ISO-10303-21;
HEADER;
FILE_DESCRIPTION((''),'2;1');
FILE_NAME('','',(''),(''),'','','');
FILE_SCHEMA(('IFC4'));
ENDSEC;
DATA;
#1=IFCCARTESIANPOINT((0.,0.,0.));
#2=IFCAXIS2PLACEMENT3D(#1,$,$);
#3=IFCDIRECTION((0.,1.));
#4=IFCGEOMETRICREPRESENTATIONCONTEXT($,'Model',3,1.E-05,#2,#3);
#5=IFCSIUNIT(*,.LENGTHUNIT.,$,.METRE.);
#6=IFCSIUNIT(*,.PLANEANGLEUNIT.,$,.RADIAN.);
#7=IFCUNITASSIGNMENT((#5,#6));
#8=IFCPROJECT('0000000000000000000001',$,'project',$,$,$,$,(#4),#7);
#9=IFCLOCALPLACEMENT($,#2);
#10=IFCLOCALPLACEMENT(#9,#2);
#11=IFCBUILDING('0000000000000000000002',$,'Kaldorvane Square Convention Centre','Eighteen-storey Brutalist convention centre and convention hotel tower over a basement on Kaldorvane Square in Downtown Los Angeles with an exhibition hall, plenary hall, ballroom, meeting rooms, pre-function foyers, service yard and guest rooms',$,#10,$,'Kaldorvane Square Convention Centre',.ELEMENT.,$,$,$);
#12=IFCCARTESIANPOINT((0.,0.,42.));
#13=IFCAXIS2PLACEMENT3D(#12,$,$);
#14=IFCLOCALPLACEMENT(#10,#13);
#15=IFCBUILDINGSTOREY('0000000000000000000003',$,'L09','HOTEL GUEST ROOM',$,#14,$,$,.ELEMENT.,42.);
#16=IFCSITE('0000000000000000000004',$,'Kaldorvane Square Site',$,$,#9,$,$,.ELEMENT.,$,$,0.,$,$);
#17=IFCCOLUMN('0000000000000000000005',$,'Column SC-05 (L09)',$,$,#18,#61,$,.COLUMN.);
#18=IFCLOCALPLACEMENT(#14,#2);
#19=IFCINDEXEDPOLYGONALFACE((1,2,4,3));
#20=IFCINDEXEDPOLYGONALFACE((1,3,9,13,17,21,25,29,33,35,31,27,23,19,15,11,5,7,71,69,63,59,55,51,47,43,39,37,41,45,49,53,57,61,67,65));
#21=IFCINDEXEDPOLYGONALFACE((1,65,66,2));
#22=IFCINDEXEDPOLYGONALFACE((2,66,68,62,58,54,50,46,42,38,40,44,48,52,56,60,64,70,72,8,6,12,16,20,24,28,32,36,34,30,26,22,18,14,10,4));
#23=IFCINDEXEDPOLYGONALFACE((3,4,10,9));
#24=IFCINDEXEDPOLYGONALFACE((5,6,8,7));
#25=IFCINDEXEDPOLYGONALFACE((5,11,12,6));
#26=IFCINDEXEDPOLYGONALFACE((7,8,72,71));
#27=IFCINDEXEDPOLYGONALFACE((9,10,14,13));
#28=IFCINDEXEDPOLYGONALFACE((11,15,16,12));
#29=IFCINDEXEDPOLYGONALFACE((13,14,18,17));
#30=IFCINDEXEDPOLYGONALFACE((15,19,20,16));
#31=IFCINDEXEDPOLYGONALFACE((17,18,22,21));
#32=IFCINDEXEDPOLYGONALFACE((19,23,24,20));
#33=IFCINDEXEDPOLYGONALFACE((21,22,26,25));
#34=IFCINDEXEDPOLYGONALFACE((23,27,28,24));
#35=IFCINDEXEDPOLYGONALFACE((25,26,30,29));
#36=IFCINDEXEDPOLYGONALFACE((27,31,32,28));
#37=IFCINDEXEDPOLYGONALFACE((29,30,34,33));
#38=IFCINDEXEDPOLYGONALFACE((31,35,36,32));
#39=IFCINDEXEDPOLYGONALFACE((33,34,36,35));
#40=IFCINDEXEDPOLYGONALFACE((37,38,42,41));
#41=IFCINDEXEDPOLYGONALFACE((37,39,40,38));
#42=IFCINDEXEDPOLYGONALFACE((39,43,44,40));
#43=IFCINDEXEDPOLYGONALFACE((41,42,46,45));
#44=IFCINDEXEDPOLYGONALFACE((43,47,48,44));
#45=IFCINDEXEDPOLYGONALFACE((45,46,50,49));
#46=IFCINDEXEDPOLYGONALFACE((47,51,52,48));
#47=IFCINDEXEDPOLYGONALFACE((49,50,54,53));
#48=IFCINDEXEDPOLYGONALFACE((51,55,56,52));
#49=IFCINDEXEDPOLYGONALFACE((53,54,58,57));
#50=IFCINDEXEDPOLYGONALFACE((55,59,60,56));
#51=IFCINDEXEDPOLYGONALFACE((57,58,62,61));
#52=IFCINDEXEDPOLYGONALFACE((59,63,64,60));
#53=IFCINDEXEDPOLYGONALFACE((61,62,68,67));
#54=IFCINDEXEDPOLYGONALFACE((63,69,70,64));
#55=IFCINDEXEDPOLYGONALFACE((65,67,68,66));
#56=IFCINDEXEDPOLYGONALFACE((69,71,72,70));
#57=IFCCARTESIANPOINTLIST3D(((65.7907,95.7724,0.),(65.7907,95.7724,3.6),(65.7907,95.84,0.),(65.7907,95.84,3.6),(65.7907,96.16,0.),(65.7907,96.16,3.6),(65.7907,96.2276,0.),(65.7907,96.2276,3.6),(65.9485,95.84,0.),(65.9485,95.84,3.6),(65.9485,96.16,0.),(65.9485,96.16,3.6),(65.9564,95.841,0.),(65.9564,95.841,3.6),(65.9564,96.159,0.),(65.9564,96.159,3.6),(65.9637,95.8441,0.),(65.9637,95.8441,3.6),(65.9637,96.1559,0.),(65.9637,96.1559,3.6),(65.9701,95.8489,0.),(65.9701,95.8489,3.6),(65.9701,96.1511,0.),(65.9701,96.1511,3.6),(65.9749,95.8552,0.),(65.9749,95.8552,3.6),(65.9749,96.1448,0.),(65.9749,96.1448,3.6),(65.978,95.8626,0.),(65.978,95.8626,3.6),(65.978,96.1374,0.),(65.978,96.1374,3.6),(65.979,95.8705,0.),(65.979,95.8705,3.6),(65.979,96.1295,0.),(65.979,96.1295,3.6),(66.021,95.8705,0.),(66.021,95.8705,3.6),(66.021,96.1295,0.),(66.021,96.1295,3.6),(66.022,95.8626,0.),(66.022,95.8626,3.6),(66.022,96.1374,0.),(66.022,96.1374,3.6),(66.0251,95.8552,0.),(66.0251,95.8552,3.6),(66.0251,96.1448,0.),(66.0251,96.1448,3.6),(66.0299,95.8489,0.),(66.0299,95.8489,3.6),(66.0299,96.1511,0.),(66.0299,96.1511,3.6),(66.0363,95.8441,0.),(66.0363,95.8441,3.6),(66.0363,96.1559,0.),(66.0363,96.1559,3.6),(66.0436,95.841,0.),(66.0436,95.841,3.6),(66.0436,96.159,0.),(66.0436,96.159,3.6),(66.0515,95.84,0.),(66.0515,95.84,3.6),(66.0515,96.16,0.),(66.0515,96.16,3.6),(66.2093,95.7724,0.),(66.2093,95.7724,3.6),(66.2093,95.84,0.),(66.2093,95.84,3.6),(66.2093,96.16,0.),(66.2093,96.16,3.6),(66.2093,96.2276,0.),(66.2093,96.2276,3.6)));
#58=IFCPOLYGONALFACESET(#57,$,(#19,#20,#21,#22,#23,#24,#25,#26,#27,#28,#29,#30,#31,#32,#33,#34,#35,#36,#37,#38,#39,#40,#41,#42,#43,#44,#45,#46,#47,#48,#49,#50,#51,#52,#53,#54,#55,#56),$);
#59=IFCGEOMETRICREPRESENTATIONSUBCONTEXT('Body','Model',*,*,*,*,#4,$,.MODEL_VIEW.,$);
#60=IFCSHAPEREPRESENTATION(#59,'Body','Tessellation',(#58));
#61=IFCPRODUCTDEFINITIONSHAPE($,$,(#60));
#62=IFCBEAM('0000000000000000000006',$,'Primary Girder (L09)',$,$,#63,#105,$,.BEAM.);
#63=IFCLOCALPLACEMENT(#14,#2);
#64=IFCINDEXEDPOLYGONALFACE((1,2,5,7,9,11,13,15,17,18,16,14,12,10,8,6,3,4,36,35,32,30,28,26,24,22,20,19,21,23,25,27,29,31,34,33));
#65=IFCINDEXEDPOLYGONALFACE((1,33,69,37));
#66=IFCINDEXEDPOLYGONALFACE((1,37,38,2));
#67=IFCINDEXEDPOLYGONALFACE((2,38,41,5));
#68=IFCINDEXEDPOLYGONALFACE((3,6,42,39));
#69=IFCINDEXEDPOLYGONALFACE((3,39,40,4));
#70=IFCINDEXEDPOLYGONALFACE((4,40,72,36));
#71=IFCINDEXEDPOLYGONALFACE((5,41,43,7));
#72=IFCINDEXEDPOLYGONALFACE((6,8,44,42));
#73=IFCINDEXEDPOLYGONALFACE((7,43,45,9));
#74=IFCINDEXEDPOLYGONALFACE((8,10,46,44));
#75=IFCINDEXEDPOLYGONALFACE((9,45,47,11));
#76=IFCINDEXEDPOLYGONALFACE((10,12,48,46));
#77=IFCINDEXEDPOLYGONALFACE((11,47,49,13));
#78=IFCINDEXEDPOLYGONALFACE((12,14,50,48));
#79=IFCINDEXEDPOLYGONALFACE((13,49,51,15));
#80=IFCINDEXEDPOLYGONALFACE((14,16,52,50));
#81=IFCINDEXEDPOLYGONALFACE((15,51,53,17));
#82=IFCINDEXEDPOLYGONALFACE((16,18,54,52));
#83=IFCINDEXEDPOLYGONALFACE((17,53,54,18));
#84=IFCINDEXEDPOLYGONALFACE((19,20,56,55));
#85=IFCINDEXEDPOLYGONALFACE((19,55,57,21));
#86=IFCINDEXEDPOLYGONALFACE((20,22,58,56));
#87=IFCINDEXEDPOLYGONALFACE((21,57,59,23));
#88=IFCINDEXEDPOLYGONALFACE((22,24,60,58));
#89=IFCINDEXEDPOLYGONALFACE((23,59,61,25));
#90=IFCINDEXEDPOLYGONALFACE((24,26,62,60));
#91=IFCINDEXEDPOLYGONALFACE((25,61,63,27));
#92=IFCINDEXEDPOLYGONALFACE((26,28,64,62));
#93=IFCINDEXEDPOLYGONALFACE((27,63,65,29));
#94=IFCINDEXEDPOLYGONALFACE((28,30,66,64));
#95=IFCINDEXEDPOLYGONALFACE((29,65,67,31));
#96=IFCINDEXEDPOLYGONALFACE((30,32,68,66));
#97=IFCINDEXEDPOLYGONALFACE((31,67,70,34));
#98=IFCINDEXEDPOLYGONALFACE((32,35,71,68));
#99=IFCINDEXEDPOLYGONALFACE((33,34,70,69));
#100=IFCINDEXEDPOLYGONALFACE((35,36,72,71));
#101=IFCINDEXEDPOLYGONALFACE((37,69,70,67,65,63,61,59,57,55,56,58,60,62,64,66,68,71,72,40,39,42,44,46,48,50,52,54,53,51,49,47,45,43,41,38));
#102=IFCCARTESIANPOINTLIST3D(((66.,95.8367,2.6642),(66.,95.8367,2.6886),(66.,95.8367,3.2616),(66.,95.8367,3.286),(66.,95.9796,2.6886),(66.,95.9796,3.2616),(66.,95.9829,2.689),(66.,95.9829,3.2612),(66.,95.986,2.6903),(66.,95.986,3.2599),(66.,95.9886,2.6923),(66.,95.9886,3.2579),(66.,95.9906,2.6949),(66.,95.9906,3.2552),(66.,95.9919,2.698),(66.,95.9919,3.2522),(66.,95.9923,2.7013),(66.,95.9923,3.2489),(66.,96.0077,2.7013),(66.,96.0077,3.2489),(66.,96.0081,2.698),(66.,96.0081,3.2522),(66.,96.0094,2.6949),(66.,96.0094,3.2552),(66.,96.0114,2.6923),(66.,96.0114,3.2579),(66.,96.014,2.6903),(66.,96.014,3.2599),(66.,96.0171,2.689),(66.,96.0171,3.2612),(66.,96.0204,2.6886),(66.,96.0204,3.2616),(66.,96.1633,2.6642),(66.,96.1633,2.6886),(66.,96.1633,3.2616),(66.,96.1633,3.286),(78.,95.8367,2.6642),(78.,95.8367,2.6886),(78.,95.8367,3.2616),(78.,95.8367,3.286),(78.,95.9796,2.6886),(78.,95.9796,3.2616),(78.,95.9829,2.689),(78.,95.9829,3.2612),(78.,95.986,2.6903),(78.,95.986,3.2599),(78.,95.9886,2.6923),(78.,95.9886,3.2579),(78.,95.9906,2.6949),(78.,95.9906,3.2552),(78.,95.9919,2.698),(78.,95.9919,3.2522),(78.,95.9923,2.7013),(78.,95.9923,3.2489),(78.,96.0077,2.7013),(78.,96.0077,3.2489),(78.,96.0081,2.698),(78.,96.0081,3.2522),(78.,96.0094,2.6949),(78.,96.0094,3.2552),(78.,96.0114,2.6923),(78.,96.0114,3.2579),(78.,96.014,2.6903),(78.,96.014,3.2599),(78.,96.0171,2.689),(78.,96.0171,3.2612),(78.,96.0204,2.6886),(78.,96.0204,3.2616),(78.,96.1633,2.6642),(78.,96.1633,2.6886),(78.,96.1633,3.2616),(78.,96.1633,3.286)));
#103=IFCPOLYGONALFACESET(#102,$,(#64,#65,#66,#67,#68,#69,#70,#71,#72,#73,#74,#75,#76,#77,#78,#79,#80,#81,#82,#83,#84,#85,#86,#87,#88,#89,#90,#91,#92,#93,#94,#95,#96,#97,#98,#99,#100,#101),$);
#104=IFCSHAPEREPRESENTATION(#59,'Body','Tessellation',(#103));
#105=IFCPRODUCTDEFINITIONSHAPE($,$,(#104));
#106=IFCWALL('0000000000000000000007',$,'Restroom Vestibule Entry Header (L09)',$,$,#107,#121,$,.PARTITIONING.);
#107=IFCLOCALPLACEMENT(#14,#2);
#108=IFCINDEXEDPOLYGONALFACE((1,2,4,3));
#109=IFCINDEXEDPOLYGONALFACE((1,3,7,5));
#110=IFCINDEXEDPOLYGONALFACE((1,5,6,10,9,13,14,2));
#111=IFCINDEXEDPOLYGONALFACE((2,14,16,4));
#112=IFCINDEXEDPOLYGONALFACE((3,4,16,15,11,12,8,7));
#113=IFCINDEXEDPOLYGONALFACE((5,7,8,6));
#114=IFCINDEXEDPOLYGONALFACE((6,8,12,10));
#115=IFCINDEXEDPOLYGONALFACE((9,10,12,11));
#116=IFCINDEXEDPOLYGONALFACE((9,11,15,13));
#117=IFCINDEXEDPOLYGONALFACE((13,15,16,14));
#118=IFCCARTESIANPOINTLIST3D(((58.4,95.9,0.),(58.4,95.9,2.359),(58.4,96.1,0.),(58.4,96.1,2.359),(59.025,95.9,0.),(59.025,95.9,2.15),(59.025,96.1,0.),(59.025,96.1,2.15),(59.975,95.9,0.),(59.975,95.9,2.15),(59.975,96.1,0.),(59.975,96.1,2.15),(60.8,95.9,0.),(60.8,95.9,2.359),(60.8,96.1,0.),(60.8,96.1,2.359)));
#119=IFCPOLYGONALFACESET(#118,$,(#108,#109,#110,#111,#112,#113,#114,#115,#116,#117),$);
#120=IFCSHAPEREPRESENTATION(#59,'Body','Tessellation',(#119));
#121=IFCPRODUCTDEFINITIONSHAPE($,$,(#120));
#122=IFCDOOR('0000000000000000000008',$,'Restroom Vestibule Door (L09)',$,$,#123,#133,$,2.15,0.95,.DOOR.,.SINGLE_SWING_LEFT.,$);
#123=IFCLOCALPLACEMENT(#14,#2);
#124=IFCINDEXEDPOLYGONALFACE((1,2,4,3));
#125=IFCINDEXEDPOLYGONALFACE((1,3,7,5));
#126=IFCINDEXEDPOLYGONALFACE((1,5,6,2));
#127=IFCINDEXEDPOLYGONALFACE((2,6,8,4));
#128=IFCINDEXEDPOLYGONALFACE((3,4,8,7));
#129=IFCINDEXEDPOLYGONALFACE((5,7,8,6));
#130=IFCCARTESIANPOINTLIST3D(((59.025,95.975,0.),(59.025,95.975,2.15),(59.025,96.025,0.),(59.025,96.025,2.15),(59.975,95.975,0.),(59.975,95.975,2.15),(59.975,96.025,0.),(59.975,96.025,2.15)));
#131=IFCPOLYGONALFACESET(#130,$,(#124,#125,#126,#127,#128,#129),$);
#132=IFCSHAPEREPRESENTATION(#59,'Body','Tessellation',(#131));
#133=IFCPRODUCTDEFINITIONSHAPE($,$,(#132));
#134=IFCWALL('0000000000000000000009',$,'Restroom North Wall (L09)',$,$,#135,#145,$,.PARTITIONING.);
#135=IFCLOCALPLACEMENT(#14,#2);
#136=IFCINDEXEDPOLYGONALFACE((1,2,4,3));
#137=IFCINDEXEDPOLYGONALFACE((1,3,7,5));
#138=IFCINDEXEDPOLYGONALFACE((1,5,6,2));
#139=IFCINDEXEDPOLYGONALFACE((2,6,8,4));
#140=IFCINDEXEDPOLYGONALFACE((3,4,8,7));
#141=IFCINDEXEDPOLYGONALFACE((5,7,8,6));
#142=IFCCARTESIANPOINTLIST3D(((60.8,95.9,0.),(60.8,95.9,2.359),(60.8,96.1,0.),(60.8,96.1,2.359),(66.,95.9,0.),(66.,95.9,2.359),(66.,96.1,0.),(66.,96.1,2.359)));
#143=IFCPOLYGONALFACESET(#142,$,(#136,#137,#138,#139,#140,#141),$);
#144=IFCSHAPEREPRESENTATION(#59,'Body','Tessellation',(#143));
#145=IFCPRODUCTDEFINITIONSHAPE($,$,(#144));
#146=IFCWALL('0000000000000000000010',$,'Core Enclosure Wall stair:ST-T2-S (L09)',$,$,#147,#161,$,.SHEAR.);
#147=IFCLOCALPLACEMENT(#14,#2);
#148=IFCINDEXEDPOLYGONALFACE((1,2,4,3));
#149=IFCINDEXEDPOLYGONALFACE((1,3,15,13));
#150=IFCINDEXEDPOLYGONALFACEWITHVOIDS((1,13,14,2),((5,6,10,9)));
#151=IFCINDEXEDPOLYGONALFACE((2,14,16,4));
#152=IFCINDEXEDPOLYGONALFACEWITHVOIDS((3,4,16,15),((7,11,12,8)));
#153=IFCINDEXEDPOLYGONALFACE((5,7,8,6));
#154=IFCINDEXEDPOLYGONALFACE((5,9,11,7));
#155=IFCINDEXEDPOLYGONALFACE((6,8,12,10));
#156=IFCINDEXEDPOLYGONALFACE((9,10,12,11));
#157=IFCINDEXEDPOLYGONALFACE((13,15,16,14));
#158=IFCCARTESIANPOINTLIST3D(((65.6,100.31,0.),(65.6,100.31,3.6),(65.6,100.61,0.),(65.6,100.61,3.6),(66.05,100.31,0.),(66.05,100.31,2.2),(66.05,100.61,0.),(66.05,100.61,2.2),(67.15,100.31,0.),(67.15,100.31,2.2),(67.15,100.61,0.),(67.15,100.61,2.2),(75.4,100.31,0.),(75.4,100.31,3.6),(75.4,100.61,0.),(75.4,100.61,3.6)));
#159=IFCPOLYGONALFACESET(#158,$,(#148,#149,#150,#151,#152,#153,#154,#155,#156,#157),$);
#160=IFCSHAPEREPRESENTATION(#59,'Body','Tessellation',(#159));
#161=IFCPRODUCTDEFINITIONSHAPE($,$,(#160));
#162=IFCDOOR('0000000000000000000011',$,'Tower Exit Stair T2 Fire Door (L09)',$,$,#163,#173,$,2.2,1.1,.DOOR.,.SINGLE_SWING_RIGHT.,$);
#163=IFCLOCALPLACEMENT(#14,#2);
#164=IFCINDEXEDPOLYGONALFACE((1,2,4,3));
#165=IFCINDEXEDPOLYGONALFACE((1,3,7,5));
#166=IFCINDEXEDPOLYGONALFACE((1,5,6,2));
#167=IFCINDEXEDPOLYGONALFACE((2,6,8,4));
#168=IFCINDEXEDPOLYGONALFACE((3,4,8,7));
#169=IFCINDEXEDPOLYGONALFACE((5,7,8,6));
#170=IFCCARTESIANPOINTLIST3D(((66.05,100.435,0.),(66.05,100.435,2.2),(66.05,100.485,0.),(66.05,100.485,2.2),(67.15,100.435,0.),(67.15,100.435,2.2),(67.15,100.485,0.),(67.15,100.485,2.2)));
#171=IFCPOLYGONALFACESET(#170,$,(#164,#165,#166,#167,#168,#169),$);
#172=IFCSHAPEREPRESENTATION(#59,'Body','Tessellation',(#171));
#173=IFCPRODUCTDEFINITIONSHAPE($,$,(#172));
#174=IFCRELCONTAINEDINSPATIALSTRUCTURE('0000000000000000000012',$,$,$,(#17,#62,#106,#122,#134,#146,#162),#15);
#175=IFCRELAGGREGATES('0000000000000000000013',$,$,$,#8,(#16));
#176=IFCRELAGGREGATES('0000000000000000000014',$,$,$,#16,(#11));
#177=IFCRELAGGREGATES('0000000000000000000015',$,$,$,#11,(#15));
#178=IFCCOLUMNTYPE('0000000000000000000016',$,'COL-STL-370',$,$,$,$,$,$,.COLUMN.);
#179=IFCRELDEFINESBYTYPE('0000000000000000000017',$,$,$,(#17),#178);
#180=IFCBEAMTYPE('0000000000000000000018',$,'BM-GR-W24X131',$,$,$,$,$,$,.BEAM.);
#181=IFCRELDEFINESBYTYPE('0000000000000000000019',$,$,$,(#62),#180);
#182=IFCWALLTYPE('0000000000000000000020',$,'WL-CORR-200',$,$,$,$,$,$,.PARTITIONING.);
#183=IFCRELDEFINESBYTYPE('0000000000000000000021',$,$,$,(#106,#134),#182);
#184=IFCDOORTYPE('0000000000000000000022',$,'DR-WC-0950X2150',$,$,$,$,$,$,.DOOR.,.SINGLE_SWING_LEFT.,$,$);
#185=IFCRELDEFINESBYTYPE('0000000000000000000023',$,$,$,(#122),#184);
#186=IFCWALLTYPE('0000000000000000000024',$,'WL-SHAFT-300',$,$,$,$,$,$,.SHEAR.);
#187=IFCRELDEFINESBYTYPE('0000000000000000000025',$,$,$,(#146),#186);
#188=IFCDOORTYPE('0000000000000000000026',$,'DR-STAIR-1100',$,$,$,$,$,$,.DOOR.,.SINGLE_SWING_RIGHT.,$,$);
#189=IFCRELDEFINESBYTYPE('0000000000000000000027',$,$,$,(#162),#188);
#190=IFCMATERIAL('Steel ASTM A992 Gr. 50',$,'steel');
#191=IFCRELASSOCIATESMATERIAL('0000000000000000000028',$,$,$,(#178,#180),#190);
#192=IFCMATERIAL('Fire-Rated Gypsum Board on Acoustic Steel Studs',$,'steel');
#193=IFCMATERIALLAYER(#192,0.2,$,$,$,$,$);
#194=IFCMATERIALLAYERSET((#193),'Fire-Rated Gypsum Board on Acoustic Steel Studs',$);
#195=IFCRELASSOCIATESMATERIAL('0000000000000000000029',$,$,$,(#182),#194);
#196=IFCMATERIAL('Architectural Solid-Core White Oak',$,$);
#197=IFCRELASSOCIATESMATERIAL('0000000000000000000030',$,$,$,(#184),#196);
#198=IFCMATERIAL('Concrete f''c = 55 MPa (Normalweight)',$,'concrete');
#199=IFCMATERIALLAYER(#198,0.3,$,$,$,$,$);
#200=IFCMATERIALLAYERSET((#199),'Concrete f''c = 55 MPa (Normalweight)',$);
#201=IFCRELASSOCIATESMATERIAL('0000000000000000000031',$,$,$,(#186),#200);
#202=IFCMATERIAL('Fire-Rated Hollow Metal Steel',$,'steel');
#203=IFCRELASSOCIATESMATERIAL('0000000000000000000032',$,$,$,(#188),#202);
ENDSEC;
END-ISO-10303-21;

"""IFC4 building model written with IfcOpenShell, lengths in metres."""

from ifc_helpers import new_model, si_unit, direction, frame, frame_2d, origin, origin_2d, place, context, subcontext, project, spatial, rectangle, i_section, extrude, material, layer, layer_set, material_profile, profile_set, type_object, element, fill, save


model = new_model("IFC4")

# Units and contexts
model_context = context("Model", 3, precision=1e-05, world=origin(), true_north=direction((0.0, 1.0)))
body_context = subcontext(model_context, "Body", "Model", "MODEL_VIEW")
ifc_project = project(units=[si_unit("LENGTHUNIT", "METRE"), si_unit("PLANEANGLEUNIT", "RADIAN")], contexts=[model_context])

# Site, building, storey
site_placement = place(None, origin())
site = spatial("IfcSite", under=ifc_project, at=site_placement, Name="Kaldorvane Square Site", CompositionType="ELEMENT", RefElevation=0.0)
building_placement = place(site_placement, origin())
building = spatial("IfcBuilding", under=site, at=building_placement, Name="Kaldorvane Square Convention Centre", Description="Eighteen-storey Brutalist convention centre and convention hotel tower over a basement on Kaldorvane Square in Downtown Los Angeles with an exhibition hall, plenary hall, ballroom, meeting rooms, pre-function foyers, service yard and guest rooms", LongName="Kaldorvane Square Convention Centre", CompositionType="ELEMENT")
storey_placement = place(building_placement, frame((0.0, 0.0, 42.0)))
storey = spatial("IfcBuildingStorey", under=building, at=storey_placement, Name="L09", Description="HOTEL GUEST ROOM", CompositionType="ELEMENT", Elevation=42.0)

# Column
ifc_material_1 = material(Name="Steel ASTM A992 Gr. 50", Category="steel")
ifc_material_profile_1 = material_profile(ifc_material_1, i_section(OverallWidth=0.4185, OverallDepth=0.4552, WebThickness=0.042, FlangeThickness=0.0676, FilletRadius=0.0305, at=origin_2d()), Name="W14X370")
ifc_profile_set_1 = profile_set([ifc_material_profile_1], Name="Steel ASTM A992 Gr. 50")
column_type = type_object("IfcColumnType", Name="COL-STL-370", PredefinedType="COLUMN", material=ifc_profile_set_1)
column_placement = place(storey_placement, frame((66.0, 96.0, 0.0), z_axis=(0.0, 0.0, 1.0), x_axis=(1.0, 0.0, 0.0)))
element("IfcColumn", 1, at=column_placement, inside=storey, type_object=column_type, Name="Column SC-05 (L09)", PredefinedType="COLUMN", context=body_context, shape_type="SweptSolid", body=[
    extrude(i_section(OverallWidth=0.4185, OverallDepth=0.4552, WebThickness=0.042, FlangeThickness=0.0676, FilletRadius=0.0305, at=origin_2d()), origin(), (0.0, 0.0, 1.0), 3.6),
])

# Beam
ifc_material_profile_2 = material_profile(ifc_material_1, i_section(OverallWidth=0.3265, OverallDepth=0.6218, WebThickness=0.0154, FlangeThickness=0.0244, FilletRadius=0.0127, at=origin_2d()), Name="W24X131")
ifc_profile_set_2 = profile_set([ifc_material_profile_2], Name="Steel ASTM A992 Gr. 50")
beam_type = type_object("IfcBeamType", Name="BM-GR-W24X131", PredefinedType="BEAM", material=ifc_profile_set_2)
beam_placement = place(storey_placement, frame((66.0, 96.0, 2.9751), z_axis=(1.0, 0.0, 0.0), x_axis=(0.0, 1.0, 0.0)))
element("IfcBeam", 2, at=beam_placement, inside=storey, type_object=beam_type, Name="Primary Girder (L09)", PredefinedType="BEAM", context=body_context, shape_type="SweptSolid", body=[
    extrude(i_section(OverallWidth=0.3265, OverallDepth=0.6218, WebThickness=0.0154, FlangeThickness=0.0244, FilletRadius=0.0127, at=origin_2d()), origin(), (0.0, 0.0, 1.0), 12.0),
])

# Wall, opening, door
ifc_material_2 = material(Name="Fire-Rated Gypsum Board on Acoustic Steel Studs", Category="steel")
ifc_layer_1 = layer(ifc_material_2, 0.2)
ifc_layer_set_1 = layer_set([ifc_layer_1], Name="Fire-Rated Gypsum Board on Acoustic Steel Studs")
wall_type_1 = type_object("IfcWallType", Name="WL-CORR-200", PredefinedType="PARTITIONING", material=ifc_layer_set_1)
wall_1_placement = place(storey_placement, frame((58.4, 96.0, 0.0), z_axis=(0.0, 0.0, 1.0), x_axis=(1.0, 0.0, 0.0)))
wall_1 = element("IfcWall", 3, at=wall_1_placement, inside=storey, type_object=wall_type_1, Name="Restroom Vestibule Entry Header (L09)", PredefinedType="PARTITIONING", context=body_context, shape_type="SweptSolid", body=[
    extrude(rectangle(XDim=2.4, YDim=0.2, at=frame_2d((1.2, 0.0))), origin(), (0.0, 0.0, 1.0), 2.359),
])
opening_1_placement = place(wall_1_placement, frame((0.625, 0.0, 0.0)))
opening_1 = element("IfcOpeningElement", 4, at=opening_1_placement, cuts=wall_1, PredefinedType="OPENING", context=body_context, shape_type="SweptSolid", body=[
    extrude(rectangle(XDim=0.95, YDim=2.15, at=frame_2d((0.475, 1.075))), frame((0.0, 0.115, 0.0), z_axis=(0.0, -1.0, 0.0), x_axis=(1.0, 0.0, 0.0)), (0.0, 0.0, 1.0), 0.23),
])
ifc_material_3 = material(Name="Architectural Solid-Core White Oak")
door_type_1 = type_object("IfcDoorType", Name="DR-WC-0950X2150", OperationType="SINGLE_SWING_LEFT", PredefinedType="DOOR", material=ifc_material_3)
door_1_placement = place(opening_1_placement, origin())
door_1 = element("IfcDoor", 5, at=door_1_placement, inside=storey, type_object=door_type_1, Name="Restroom Vestibule Door (L09)", OperationType="SINGLE_SWING_LEFT", OverallHeight=2.15, OverallWidth=0.95, PredefinedType="DOOR", context=body_context, shape_type="SweptSolid", body=[
    extrude(rectangle(XDim=0.95, YDim=2.15, at=frame_2d((0.475, 1.075))), frame((0.0, 0.025, 0.0), z_axis=(0.0, -1.0, 0.0), x_axis=(1.0, 0.0, 0.0)), (0.0, 0.0, 1.0), 0.05),
])
fill(opening_1, door_1)

# Wall
wall_2_placement = place(storey_placement, frame((60.8, 96.0, 0.0), z_axis=(0.0, 0.0, 1.0), x_axis=(1.0, 0.0, 0.0)))
element("IfcWall", 6, at=wall_2_placement, inside=storey, type_object=wall_type_1, Name="Restroom North Wall (L09)", PredefinedType="PARTITIONING", context=body_context, shape_type="SweptSolid", body=[
    extrude(rectangle(XDim=5.2, YDim=0.2, at=frame_2d((2.6, 0.0))), origin(), (0.0, 0.0, 1.0), 2.359),
])

# Wall, opening, door
ifc_material_4 = material(Name="Concrete f'c = 55 MPa (Normalweight)", Category="concrete")
ifc_layer_2 = layer(ifc_material_4, 0.3)
ifc_layer_set_2 = layer_set([ifc_layer_2], Name="Concrete f'c = 55 MPa (Normalweight)")
wall_type_2 = type_object("IfcWallType", Name="WL-SHAFT-300", PredefinedType="SHEAR", material=ifc_layer_set_2)
wall_3_placement = place(storey_placement, frame((65.6, 100.46, 0.0), z_axis=(0.0, 0.0, 1.0), x_axis=(1.0, 0.0, 0.0)))
wall_3 = element("IfcWall", 7, at=wall_3_placement, inside=storey, type_object=wall_type_2, Name="Core Enclosure Wall stair:ST-T2-S (L09)", PredefinedType="SHEAR", context=body_context, shape_type="SweptSolid", body=[
    extrude(rectangle(XDim=9.8, YDim=0.3, at=frame_2d((4.9, 0.0))), origin(), (0.0, 0.0, 1.0), 3.6),
])
opening_2_placement = place(wall_3_placement, frame((0.45, 0.0, 0.0)))
opening_2 = element("IfcOpeningElement", 8, at=opening_2_placement, cuts=wall_3, PredefinedType="OPENING", context=body_context, shape_type="SweptSolid", body=[
    extrude(rectangle(XDim=1.1, YDim=2.2, at=frame_2d((0.55, 1.1))), frame((0.0, 0.165, 0.0), z_axis=(0.0, -1.0, 0.0), x_axis=(1.0, 0.0, 0.0)), (0.0, 0.0, 1.0), 0.33),
])
ifc_material_5 = material(Name="Fire-Rated Hollow Metal Steel", Category="steel")
door_type_2 = type_object("IfcDoorType", Name="DR-STAIR-1100", OperationType="SINGLE_SWING_RIGHT", PredefinedType="DOOR", material=ifc_material_5)
door_2_placement = place(opening_2_placement, origin())
door_2 = element("IfcDoor", 9, at=door_2_placement, inside=storey, type_object=door_type_2, Name="Tower Exit Stair T2 Fire Door (L09)", OperationType="SINGLE_SWING_RIGHT", OverallHeight=2.2, OverallWidth=1.1, PredefinedType="DOOR", context=body_context, shape_type="SweptSolid", body=[
    extrude(rectangle(XDim=1.1, YDim=2.2, at=frame_2d((0.55, 1.1))), frame((0.0, 0.025, 0.0), z_axis=(0.0, -1.0, 0.0), x_axis=(1.0, 0.0, 0.0)), (0.0, 0.0, 1.0), 0.05),
])
fill(opening_2, door_2)

save(model, "model.ifc")
